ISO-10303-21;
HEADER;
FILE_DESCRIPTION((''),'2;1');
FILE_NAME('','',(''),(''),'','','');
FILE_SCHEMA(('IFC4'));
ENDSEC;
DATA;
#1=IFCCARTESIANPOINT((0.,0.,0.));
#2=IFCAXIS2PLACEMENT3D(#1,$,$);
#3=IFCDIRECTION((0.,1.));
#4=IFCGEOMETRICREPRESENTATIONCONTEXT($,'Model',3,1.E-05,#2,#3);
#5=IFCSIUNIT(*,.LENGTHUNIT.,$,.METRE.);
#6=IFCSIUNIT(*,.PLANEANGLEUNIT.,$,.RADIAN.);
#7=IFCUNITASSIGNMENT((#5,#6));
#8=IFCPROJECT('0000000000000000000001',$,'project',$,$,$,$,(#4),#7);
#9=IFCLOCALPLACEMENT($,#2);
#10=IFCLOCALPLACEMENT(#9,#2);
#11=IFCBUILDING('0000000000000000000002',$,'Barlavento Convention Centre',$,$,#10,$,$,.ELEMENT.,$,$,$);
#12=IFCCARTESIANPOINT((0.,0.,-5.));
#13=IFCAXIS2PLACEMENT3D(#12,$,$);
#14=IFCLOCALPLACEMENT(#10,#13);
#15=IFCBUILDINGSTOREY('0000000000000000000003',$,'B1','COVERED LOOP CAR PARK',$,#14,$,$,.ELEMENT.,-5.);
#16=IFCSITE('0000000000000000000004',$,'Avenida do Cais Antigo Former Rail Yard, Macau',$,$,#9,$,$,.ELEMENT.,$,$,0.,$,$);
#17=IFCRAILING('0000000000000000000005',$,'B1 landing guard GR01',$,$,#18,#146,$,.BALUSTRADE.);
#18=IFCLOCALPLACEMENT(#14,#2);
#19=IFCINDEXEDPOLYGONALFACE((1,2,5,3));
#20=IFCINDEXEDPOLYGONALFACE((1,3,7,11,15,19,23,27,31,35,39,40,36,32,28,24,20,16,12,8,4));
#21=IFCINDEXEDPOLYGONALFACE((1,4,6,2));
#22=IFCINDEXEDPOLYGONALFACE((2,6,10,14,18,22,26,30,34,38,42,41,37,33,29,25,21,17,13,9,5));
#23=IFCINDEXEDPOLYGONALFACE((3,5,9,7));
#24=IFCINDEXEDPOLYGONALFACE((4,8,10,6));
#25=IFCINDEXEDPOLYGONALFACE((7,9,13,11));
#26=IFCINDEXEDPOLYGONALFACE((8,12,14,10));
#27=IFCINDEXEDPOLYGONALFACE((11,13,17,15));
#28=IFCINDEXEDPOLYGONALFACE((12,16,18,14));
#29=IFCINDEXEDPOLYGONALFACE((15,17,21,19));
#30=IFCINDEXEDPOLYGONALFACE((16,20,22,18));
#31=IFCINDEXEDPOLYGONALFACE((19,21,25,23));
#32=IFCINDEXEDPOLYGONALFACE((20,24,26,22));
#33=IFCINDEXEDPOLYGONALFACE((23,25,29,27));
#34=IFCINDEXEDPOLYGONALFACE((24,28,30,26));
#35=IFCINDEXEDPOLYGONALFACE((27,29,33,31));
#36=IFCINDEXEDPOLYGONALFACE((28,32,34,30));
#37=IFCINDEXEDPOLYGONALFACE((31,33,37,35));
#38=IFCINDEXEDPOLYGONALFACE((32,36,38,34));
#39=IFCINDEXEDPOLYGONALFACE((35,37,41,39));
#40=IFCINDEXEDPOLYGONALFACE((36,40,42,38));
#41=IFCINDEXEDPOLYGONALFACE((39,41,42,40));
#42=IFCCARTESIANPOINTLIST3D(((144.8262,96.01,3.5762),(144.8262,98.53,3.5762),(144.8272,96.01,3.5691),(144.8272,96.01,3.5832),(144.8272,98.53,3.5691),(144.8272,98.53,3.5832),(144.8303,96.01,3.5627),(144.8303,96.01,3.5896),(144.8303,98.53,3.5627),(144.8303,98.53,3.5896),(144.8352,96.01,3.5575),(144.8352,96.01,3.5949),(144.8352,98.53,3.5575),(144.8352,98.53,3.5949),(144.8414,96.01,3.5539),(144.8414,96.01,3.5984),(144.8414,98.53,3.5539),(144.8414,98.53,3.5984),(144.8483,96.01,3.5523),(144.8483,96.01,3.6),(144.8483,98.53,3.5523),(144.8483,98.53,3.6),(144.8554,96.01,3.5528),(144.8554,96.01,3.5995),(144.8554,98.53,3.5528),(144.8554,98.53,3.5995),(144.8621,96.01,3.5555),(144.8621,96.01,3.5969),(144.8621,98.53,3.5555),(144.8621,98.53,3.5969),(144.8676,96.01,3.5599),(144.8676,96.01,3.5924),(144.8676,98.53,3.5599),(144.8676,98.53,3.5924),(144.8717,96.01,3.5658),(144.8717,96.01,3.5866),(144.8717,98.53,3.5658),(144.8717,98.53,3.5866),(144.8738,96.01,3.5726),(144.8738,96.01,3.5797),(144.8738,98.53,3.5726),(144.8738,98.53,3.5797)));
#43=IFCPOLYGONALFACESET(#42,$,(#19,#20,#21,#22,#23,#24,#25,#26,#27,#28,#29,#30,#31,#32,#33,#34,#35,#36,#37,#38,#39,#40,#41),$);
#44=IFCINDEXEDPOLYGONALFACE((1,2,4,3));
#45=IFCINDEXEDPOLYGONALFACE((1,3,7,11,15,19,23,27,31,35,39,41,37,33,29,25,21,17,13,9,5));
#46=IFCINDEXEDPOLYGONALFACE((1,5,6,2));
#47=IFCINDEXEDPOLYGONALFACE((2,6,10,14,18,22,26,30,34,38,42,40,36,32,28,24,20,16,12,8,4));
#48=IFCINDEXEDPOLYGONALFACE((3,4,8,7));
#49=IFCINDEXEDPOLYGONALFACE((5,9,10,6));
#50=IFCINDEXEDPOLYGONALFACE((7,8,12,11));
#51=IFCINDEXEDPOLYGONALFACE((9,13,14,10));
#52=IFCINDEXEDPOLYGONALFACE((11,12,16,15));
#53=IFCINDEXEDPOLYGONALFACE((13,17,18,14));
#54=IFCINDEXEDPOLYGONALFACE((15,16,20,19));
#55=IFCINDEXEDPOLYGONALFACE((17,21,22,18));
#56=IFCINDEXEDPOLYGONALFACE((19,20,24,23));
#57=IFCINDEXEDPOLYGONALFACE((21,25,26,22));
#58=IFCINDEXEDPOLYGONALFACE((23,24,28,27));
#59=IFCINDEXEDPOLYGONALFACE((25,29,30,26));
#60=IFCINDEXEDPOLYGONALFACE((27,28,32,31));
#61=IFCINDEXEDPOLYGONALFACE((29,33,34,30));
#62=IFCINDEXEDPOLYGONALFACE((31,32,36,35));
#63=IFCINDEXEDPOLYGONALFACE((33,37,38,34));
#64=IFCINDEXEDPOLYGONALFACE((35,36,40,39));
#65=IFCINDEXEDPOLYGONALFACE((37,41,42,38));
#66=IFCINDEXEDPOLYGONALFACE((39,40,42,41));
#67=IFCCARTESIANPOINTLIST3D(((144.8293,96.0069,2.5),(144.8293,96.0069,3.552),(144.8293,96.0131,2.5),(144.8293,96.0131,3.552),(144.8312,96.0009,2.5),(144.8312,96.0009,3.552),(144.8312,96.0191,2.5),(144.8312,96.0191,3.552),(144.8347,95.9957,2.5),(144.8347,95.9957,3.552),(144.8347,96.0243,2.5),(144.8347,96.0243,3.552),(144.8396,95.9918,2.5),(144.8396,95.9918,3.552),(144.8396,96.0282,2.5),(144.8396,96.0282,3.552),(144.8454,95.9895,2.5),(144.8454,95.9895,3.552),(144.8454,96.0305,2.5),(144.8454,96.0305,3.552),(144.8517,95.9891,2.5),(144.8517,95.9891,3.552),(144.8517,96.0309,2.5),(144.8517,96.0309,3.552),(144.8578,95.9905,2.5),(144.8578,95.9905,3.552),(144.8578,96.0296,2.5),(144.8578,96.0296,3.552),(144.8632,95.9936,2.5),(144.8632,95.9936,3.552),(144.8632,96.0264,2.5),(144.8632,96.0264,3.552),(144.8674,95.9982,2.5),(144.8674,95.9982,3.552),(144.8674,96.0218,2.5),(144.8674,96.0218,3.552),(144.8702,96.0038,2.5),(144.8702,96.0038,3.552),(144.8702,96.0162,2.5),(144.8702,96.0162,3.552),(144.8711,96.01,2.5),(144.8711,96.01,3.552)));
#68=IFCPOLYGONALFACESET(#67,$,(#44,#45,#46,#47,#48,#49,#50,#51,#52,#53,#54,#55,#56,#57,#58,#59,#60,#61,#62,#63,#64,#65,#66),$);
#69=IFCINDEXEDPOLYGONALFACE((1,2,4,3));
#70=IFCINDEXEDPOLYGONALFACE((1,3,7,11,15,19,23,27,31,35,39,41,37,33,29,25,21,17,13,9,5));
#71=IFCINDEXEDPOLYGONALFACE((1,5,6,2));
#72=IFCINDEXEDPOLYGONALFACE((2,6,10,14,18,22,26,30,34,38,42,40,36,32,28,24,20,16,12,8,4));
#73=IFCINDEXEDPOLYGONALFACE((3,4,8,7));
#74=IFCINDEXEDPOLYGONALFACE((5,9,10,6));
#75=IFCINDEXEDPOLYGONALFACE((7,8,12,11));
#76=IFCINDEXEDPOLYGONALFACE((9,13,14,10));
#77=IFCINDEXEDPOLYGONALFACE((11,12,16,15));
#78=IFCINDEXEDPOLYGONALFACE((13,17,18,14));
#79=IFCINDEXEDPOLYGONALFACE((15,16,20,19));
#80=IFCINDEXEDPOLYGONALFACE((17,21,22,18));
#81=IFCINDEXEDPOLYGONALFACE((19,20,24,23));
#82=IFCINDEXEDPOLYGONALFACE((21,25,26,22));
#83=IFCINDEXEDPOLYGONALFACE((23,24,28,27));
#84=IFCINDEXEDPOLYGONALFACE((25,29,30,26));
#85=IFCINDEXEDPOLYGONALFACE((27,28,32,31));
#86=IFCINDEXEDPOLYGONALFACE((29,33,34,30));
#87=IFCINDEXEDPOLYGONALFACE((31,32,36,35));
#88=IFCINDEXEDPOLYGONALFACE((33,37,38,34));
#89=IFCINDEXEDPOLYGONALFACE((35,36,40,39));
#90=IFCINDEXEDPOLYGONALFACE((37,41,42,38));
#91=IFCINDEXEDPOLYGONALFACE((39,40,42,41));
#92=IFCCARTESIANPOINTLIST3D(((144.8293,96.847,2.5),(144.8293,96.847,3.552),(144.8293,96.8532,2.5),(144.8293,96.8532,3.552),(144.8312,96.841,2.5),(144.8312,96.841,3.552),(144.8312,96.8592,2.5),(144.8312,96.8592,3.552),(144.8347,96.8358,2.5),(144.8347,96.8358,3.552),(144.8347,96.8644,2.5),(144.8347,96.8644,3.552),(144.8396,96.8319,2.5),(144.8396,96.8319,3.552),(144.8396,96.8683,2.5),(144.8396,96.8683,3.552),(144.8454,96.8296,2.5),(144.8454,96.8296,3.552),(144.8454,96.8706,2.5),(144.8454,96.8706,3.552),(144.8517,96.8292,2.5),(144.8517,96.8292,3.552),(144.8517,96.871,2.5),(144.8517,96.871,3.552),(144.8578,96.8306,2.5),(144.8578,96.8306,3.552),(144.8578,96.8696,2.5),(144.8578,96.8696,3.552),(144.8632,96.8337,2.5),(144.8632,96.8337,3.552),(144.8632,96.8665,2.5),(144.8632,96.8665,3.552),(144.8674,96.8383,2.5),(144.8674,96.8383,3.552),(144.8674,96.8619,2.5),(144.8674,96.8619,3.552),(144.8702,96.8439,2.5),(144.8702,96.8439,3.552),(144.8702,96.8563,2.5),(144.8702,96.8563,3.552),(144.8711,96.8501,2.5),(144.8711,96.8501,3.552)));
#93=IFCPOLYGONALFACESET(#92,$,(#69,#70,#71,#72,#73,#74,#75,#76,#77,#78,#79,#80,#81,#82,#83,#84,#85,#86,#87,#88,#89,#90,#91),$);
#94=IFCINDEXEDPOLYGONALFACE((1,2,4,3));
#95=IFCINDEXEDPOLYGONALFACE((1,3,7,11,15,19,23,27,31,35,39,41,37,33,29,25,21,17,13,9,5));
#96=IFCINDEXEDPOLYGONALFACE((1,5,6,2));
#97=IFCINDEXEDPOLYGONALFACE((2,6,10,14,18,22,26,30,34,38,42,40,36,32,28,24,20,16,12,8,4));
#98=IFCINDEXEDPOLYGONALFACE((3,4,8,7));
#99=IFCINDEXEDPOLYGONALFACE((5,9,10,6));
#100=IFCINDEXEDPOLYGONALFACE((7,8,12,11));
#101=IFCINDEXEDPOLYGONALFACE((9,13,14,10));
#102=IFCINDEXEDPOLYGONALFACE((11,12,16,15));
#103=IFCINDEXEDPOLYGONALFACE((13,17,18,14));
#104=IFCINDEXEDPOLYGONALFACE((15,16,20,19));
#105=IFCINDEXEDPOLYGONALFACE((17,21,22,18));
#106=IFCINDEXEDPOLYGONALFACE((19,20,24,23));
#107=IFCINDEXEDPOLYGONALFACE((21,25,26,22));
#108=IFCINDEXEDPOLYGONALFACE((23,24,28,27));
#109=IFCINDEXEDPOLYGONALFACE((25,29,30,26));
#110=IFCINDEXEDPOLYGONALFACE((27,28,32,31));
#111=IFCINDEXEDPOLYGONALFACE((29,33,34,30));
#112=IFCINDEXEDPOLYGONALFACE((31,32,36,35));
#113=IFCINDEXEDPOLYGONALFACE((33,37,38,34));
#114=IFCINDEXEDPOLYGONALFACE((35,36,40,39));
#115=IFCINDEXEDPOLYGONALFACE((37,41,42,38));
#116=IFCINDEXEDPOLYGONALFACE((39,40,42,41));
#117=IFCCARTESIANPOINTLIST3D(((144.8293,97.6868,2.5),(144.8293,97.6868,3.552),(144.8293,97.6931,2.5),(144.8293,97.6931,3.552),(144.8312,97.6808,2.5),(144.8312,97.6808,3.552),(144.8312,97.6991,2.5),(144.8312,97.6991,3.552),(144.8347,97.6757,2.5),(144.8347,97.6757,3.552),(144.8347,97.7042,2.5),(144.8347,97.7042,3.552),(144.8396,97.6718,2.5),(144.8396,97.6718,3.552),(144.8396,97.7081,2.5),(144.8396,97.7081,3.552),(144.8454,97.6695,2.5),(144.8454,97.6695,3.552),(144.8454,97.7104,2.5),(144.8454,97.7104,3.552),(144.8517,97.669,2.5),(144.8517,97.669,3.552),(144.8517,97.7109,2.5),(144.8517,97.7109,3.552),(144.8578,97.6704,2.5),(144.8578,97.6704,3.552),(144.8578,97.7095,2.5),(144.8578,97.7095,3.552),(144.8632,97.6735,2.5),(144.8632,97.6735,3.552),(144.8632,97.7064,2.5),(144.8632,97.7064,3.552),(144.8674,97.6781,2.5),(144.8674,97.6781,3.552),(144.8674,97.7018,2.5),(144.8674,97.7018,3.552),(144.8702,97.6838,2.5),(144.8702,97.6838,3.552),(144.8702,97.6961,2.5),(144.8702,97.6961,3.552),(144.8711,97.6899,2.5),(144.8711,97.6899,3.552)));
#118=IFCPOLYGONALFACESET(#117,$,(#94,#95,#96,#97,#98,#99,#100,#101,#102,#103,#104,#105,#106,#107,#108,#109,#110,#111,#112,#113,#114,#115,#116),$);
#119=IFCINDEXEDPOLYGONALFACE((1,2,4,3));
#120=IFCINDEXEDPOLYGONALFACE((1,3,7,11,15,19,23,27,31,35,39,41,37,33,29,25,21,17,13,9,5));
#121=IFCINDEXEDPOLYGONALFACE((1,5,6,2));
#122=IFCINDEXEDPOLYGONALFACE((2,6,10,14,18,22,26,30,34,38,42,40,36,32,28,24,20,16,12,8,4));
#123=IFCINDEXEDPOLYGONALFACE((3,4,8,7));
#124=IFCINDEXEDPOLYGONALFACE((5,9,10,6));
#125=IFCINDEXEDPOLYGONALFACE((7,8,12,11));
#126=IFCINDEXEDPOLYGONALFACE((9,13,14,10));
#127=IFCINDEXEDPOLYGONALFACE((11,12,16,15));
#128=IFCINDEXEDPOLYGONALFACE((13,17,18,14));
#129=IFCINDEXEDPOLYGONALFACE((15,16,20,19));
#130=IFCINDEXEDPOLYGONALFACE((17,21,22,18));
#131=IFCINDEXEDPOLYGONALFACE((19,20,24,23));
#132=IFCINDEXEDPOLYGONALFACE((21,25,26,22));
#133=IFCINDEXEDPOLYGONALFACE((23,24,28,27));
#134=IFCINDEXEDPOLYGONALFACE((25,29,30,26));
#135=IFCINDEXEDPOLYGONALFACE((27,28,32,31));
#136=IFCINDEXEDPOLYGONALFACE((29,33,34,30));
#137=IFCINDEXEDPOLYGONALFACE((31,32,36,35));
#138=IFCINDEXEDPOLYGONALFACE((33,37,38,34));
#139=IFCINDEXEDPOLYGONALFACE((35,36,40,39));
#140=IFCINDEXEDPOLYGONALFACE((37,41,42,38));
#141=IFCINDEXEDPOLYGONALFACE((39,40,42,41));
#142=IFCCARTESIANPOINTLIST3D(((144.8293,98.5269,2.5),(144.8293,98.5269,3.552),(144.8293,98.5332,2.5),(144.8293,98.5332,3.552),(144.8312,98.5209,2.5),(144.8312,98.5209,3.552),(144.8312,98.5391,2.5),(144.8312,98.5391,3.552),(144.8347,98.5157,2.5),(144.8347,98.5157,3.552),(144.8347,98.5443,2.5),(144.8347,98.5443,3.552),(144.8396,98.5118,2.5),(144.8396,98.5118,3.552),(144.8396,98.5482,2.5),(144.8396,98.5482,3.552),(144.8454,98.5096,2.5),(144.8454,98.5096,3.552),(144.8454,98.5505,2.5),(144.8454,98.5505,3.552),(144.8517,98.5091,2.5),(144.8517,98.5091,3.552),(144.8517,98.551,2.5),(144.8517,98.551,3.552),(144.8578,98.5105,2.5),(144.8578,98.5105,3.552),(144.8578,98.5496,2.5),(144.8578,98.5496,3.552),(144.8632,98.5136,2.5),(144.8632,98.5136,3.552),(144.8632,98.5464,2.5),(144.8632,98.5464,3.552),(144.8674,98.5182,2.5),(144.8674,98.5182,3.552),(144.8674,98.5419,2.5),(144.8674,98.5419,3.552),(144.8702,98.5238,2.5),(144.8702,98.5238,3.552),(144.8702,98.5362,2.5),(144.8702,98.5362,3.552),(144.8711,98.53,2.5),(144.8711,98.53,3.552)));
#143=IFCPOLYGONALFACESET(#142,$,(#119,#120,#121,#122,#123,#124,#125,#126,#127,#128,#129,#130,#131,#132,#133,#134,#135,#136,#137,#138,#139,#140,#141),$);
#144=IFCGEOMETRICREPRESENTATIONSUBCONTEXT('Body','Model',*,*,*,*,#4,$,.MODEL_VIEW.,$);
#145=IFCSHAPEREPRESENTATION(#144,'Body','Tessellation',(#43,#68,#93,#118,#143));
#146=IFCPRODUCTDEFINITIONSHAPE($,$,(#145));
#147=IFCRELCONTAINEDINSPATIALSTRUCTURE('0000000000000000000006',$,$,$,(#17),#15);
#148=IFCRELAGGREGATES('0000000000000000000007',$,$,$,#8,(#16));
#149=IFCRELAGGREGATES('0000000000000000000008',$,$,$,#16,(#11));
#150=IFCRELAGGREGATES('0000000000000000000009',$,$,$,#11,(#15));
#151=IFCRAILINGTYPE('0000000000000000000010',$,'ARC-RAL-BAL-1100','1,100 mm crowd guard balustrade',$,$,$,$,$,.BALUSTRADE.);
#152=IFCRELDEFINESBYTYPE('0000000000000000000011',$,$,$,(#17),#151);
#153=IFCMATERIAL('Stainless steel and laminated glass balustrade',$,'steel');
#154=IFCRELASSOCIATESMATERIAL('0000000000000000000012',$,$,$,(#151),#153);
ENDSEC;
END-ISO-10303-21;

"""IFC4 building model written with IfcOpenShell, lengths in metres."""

from ifc_helpers import new_model, si_unit, direction, frame, origin, origin_2d, place, context, subcontext, project, spatial, circle, extrude, material, type_object, element, save


model = new_model("IFC4")

# Units and contexts
model_context = context("Model", 3, precision=1e-05, world=origin(), true_north=direction((0.0, 1.0)))
body_context = subcontext(model_context, "Body", "Model", "MODEL_VIEW")
ifc_project = project(units=[si_unit("LENGTHUNIT", "METRE"), si_unit("PLANEANGLEUNIT", "RADIAN")], contexts=[model_context])

# Site, building, storey
site_placement = place(None, origin())
site = spatial("IfcSite", under=ifc_project, at=site_placement, Name="Avenida do Cais Antigo Former Rail Yard, Macau", CompositionType="ELEMENT", RefElevation=0.0)
building_placement = place(site_placement, origin())
building = spatial("IfcBuilding", under=site, at=building_placement, Name="Barlavento Convention Centre", CompositionType="ELEMENT")
storey_placement = place(building_placement, frame((0.0, 0.0, -5.0)))
storey = spatial("IfcBuildingStorey", under=building, at=storey_placement, Name="B1", Description="COVERED LOOP CAR PARK", CompositionType="ELEMENT", Elevation=-5.0)

# Railing
ifc_material_1 = material(Name="Stainless steel and laminated glass balustrade", Category="steel")
railing_type_1 = type_object("IfcRailingType", Name="ARC-RAL-BAL-1100", Description="1,100 mm crowd guard balustrade", PredefinedType="BALUSTRADE", material=ifc_material_1)
for number, where, name in (
    (1, (144.8501, 96.01, 2.5), "B1 landing guard GR01"),
):
    element("IfcRailing", number, at=place(storey_placement, frame(where)), inside=storey, type_object=railing_type_1, Name=name, PredefinedType="BALUSTRADE", context=body_context, shape_type="SweptSolid", body=[
        extrude(circle(Radius=0.0239, at=origin_2d()), frame((0.0, 0.0, 1.0762), z_axis=(0.0, 1.0, 0.0), x_axis=(-1.0, 0.0, 0.0)), (0.0, 0.0, 1.0), 2.52),
        extrude(circle(Radius=0.021, at=origin_2d()), origin(), (0.0, 0.0, 1.0), 1.052),
        extrude(circle(Radius=0.021, at=origin_2d()), frame((0.0, 0.8401, 0.0)), (0.0, 0.0, 1.0), 1.052),
        extrude(circle(Radius=0.021, at=origin_2d()), frame((0.0, 1.6799, 0.0)), (0.0, 0.0, 1.0), 1.052),
        extrude(circle(Radius=0.021, at=origin_2d()), frame((0.0, 2.52, 0.0)), (0.0, 0.0, 1.0), 1.052),
    ])

save(model, "model.ifc")
